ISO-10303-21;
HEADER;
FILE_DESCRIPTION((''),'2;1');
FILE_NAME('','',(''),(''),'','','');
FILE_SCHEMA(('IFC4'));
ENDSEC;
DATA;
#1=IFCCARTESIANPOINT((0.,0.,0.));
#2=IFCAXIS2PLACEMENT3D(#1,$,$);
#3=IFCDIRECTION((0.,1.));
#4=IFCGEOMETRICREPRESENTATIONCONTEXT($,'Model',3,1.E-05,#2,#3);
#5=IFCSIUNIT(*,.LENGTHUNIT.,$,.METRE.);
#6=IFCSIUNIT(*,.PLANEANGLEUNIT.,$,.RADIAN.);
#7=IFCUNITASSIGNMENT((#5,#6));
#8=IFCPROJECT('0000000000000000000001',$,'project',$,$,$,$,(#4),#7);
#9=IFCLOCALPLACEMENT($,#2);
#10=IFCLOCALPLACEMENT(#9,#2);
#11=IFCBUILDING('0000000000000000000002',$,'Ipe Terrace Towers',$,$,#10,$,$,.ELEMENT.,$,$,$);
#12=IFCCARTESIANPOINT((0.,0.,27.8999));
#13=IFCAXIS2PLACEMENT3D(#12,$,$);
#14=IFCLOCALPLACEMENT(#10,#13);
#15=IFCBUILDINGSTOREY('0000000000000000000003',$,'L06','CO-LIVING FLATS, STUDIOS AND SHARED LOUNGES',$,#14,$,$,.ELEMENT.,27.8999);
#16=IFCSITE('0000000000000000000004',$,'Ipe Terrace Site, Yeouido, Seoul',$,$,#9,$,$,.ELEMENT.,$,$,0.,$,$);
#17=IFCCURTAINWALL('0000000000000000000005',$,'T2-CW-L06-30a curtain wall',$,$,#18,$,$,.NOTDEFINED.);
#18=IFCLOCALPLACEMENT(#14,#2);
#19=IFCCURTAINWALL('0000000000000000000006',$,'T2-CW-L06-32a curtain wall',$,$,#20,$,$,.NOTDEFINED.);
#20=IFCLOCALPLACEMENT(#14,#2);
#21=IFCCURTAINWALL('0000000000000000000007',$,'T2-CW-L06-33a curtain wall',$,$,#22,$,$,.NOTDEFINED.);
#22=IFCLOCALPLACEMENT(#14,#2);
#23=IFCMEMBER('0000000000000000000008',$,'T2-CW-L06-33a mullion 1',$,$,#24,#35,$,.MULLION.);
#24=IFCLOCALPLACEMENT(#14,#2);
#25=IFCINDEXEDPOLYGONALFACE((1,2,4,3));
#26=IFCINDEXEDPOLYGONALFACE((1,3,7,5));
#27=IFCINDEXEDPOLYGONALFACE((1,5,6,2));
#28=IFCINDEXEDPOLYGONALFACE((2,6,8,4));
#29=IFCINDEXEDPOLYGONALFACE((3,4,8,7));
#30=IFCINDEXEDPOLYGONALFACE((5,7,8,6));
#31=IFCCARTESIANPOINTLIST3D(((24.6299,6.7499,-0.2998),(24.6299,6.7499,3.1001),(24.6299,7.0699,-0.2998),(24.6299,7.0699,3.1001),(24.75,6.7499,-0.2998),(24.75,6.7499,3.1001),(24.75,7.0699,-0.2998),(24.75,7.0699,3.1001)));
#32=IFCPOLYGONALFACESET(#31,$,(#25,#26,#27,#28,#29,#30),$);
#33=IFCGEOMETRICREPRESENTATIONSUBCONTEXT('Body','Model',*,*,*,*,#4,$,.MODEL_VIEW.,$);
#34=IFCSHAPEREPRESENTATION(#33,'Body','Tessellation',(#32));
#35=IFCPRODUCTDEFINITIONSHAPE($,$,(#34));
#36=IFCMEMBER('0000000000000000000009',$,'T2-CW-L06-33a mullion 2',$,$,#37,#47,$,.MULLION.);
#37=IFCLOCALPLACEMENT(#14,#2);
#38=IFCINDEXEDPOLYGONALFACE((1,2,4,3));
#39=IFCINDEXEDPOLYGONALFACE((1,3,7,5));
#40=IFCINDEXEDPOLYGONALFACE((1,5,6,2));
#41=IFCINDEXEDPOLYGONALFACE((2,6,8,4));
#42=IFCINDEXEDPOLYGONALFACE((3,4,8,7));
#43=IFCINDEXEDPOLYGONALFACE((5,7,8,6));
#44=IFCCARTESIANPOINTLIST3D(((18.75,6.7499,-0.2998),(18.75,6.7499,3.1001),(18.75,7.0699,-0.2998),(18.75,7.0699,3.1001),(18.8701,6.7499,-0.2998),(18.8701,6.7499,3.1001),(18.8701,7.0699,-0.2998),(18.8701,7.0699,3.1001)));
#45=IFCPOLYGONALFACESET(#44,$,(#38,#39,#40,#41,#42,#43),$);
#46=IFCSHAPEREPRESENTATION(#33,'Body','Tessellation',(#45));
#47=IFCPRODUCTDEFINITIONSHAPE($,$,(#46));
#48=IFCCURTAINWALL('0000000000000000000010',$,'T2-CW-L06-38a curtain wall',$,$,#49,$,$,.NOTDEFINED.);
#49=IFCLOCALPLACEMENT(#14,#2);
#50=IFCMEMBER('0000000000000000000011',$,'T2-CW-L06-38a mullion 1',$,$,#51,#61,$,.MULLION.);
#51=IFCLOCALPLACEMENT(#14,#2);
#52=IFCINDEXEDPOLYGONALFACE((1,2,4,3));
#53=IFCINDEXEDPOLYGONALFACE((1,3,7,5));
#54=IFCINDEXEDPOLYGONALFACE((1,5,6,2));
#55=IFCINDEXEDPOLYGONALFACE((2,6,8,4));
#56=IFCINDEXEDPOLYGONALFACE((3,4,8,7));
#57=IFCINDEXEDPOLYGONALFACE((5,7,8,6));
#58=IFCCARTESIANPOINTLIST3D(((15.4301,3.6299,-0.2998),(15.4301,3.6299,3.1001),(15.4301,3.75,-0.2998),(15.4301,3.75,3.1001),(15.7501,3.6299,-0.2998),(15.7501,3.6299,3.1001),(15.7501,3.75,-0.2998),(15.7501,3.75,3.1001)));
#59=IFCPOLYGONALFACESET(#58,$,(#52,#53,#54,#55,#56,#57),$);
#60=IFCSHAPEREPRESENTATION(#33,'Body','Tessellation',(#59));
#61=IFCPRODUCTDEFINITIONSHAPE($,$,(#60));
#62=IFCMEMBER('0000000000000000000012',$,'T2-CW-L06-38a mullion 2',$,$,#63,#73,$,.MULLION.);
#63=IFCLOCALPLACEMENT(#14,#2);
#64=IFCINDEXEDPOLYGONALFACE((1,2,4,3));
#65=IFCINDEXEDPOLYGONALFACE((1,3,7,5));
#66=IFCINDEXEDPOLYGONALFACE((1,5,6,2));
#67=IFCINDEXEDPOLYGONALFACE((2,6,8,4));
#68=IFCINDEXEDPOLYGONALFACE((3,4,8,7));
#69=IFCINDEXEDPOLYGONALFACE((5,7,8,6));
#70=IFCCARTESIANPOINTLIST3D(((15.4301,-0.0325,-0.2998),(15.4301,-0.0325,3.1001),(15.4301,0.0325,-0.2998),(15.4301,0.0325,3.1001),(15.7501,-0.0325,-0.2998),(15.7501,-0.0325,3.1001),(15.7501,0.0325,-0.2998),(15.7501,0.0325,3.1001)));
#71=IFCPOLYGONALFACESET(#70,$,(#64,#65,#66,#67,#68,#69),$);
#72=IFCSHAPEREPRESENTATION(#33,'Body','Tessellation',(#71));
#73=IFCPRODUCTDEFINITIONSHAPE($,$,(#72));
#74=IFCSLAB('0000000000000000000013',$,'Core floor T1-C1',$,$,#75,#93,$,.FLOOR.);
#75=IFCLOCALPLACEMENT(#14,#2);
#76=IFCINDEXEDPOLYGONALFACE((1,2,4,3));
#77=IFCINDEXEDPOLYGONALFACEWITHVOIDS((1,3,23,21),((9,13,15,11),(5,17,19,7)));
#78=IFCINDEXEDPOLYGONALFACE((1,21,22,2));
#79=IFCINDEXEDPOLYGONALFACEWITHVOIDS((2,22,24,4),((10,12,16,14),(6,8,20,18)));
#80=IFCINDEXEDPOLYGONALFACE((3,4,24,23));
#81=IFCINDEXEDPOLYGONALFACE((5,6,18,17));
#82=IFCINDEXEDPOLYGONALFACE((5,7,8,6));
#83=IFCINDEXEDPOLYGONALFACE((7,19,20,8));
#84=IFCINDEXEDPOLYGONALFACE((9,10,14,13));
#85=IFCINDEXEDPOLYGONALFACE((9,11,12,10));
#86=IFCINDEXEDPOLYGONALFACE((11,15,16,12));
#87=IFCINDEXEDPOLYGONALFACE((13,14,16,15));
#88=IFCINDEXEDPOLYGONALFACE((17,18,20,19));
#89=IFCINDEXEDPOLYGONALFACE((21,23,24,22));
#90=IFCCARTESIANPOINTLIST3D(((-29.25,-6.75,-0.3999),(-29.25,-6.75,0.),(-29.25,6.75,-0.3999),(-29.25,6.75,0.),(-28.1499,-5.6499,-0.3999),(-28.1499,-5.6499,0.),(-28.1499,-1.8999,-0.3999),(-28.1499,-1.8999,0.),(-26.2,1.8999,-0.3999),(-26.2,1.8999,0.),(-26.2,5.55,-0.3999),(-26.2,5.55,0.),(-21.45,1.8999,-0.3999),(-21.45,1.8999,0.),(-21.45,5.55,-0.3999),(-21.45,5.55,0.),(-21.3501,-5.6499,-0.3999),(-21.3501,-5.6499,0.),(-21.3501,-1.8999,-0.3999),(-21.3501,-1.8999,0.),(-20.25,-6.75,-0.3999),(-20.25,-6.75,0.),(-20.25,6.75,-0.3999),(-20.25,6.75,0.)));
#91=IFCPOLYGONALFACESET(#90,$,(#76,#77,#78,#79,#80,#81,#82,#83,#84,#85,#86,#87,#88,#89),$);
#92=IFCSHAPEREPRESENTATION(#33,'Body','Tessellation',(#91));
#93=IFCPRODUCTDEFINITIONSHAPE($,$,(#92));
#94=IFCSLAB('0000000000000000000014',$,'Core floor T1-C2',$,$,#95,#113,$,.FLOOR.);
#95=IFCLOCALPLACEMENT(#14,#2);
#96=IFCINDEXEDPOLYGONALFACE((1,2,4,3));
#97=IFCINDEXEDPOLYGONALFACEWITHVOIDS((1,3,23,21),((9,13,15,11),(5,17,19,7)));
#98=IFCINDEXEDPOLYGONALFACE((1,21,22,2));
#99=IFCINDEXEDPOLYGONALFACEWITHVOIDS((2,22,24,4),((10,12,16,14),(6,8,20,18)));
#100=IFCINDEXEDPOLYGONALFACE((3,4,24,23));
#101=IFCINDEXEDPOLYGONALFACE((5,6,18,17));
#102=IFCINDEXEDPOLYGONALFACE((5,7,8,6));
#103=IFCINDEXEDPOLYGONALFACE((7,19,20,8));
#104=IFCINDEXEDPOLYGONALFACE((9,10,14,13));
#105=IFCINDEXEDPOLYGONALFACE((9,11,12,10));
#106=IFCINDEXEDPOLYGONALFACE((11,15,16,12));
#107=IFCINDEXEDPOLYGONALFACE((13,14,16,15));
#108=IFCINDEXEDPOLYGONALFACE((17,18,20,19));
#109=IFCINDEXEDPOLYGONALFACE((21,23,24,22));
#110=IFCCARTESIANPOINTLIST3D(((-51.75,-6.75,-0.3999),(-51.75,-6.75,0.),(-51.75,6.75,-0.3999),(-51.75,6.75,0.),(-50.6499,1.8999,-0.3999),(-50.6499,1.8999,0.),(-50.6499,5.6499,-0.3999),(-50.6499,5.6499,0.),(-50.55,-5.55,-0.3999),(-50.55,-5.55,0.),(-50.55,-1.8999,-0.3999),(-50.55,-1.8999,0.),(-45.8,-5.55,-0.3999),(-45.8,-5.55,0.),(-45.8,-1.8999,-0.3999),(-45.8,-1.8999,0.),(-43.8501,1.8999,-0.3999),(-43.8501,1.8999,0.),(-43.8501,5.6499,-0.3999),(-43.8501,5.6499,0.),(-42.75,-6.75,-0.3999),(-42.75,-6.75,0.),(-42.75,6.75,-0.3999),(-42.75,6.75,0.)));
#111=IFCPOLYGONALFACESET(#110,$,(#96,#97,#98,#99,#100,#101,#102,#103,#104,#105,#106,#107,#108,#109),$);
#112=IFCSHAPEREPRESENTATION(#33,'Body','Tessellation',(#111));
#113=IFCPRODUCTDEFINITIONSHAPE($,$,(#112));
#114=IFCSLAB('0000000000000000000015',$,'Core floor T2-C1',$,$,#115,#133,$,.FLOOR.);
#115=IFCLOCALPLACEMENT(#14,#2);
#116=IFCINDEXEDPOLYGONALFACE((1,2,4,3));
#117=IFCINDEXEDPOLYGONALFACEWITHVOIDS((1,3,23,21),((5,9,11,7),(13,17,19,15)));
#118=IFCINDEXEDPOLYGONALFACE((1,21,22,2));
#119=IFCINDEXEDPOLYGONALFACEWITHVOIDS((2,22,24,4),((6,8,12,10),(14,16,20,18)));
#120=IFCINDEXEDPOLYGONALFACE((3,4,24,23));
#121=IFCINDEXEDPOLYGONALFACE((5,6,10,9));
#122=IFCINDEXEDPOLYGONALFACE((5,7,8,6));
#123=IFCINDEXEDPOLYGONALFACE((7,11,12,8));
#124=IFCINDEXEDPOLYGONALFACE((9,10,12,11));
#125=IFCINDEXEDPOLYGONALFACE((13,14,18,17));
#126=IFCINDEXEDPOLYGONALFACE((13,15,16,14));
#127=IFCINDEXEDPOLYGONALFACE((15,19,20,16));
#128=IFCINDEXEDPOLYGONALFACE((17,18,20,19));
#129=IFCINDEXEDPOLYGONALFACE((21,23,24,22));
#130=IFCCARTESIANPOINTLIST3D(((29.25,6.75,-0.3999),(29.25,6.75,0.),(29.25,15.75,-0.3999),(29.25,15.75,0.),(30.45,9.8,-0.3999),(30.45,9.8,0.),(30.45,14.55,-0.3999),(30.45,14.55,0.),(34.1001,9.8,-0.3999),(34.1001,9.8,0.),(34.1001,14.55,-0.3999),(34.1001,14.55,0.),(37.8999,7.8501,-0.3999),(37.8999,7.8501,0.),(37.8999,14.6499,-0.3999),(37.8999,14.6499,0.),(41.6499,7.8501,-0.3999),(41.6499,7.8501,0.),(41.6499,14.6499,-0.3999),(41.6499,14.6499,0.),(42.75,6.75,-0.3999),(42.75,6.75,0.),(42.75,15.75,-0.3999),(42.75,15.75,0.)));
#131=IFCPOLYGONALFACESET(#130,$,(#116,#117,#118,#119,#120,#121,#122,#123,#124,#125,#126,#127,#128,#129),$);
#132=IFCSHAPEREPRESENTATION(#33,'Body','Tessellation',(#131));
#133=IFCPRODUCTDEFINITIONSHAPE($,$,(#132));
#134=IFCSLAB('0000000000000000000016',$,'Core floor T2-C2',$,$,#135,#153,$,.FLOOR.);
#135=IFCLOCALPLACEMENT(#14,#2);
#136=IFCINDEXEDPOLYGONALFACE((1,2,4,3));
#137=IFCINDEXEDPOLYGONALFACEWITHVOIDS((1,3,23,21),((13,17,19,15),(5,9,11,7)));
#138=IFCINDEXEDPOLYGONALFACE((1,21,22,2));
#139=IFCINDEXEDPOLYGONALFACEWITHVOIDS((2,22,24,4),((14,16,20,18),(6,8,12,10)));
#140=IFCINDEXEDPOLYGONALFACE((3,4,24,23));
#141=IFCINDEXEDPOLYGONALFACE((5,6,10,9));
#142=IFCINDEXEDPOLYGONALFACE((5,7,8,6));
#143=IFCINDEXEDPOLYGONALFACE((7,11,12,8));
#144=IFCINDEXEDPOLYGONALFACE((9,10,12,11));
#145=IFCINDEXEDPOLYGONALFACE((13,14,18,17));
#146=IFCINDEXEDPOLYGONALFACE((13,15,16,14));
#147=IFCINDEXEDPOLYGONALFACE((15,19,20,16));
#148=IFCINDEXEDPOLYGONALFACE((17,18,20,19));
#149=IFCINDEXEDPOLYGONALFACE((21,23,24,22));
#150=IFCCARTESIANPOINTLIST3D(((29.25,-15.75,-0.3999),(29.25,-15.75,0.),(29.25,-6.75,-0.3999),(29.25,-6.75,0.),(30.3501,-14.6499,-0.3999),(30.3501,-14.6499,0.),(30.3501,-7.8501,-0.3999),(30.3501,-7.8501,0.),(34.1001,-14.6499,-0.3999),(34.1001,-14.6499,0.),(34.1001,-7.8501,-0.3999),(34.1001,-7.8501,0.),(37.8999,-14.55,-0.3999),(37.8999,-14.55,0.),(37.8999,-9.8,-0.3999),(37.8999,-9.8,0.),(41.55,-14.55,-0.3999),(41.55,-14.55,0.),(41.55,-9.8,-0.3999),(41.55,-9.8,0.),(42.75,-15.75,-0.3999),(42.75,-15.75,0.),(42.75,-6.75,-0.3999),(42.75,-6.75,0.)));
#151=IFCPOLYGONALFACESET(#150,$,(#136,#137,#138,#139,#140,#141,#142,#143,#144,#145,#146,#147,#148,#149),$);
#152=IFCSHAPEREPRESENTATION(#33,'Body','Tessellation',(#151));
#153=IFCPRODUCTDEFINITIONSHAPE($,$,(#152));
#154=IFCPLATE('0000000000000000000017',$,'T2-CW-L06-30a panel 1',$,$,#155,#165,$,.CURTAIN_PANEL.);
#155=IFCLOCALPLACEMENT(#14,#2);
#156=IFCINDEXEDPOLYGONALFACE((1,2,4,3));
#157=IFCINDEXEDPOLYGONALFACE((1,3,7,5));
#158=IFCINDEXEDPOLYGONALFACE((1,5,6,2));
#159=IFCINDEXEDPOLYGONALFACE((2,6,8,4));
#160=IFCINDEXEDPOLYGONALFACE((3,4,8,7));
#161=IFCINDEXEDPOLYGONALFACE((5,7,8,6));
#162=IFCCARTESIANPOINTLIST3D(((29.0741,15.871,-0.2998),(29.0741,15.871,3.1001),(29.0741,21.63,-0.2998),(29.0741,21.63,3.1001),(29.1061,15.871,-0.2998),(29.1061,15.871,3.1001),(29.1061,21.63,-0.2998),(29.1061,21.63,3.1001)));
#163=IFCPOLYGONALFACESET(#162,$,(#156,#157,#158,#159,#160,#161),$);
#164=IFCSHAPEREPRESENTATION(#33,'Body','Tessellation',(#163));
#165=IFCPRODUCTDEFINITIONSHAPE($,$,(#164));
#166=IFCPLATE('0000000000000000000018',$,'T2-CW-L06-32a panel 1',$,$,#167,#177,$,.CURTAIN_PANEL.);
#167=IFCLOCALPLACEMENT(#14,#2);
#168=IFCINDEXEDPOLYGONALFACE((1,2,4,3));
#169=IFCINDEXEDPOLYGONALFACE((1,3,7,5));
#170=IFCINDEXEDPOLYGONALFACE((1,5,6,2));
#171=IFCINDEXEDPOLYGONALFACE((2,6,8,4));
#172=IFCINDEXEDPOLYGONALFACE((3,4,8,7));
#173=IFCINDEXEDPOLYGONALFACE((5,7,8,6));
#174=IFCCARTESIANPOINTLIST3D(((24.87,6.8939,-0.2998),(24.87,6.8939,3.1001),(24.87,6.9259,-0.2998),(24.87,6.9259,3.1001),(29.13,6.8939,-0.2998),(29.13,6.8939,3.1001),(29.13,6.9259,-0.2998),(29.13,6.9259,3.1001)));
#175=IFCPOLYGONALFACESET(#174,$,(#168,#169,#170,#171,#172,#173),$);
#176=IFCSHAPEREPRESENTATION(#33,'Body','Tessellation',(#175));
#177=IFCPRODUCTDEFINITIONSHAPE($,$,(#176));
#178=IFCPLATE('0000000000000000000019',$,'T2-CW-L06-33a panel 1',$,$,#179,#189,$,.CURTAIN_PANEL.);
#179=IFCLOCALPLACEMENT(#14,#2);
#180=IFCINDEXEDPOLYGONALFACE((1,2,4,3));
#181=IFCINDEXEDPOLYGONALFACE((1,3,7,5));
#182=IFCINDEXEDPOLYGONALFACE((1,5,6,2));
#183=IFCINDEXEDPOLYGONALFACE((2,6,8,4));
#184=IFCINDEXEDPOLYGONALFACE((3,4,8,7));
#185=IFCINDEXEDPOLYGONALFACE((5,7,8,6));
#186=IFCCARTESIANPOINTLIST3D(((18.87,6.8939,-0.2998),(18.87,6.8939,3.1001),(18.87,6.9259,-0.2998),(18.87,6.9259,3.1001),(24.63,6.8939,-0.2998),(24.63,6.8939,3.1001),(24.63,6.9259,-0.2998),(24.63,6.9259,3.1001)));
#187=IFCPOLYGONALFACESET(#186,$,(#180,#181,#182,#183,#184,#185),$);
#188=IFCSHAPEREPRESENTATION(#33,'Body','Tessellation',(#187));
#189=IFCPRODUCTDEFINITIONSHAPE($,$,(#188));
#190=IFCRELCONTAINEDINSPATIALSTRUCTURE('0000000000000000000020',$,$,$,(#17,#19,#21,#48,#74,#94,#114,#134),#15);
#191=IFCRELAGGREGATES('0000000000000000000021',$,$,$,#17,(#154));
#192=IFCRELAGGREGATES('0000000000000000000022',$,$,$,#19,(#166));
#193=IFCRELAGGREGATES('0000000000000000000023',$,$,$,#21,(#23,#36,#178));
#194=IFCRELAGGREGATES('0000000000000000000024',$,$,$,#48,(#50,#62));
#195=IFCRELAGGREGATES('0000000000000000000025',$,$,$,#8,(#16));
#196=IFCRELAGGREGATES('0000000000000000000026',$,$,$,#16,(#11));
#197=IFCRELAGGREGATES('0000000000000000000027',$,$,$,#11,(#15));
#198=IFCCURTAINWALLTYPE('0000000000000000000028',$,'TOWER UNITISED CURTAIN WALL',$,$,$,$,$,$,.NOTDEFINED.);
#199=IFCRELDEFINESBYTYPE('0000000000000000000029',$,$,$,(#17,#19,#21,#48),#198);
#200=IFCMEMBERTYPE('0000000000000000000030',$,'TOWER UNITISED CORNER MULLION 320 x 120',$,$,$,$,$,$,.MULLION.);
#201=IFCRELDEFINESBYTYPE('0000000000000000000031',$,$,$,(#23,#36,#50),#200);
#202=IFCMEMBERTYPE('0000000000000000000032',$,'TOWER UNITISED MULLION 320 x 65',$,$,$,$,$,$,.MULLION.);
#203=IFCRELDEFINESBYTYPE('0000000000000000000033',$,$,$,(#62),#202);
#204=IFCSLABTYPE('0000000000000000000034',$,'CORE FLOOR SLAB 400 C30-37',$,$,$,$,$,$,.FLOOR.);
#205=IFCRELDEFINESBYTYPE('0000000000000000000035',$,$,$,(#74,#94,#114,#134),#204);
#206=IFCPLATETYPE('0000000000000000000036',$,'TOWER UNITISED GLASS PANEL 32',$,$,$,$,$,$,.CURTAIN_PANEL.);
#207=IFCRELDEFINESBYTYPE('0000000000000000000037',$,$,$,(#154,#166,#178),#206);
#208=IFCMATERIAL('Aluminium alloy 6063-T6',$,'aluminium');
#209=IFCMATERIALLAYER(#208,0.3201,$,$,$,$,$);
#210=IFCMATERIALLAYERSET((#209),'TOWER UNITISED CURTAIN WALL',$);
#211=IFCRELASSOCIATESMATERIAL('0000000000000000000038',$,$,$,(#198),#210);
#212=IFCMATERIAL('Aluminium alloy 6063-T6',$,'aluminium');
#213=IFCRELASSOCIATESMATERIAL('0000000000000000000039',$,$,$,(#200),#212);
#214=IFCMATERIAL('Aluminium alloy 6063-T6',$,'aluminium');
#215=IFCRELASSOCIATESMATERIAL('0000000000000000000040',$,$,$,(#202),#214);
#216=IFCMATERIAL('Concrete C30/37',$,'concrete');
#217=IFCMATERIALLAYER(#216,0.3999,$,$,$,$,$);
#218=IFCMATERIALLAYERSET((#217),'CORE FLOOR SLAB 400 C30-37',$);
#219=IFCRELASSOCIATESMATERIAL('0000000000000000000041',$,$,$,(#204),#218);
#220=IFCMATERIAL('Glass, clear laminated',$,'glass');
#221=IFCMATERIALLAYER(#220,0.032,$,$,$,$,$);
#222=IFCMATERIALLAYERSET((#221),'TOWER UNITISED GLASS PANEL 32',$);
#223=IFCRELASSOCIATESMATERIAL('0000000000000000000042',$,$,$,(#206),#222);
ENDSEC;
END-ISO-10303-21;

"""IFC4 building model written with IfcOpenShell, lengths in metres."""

from ifc_helpers import new_model, si_unit, direction, frame, origin, origin_2d, place, context, subcontext, project, spatial, polyline, rectangle, outline, extrude, material, layer, layer_set, material_profile, profile_set, type_object, element, aggregate, save


model = new_model("IFC4")

# Units and contexts
model_context = context("Model", 3, precision=1e-05, world=origin(), true_north=direction((0.0, 1.0)))
body_context = subcontext(model_context, "Body", "Model", "MODEL_VIEW")
ifc_project = project(units=[si_unit("LENGTHUNIT", "METRE"), si_unit("PLANEANGLEUNIT", "RADIAN")], contexts=[model_context])

# Site, building, storey
site_placement = place(None, origin())
site = spatial("IfcSite", under=ifc_project, at=site_placement, Name="Ipe Terrace Site, Yeouido, Seoul", CompositionType="ELEMENT", RefElevation=0.0)
building_placement = place(site_placement, origin())
building = spatial("IfcBuilding", under=site, at=building_placement, Name="Ipe Terrace Towers", CompositionType="ELEMENT")
storey_placement = place(building_placement, frame((0.0, 0.0, 27.8999)))
storey = spatial("IfcBuildingStorey", under=building, at=storey_placement, Name="L06", Description="CO-LIVING FLATS, STUDIOS AND SHARED LOUNGES", CompositionType="ELEMENT", Elevation=27.8999)

# Curtain walls, members
ifc_material_1 = material(Name="Aluminium alloy 6063-T6", Category="aluminium")
ifc_layer_1 = layer(ifc_material_1, 0.3201)
ifc_layer_set_1 = layer_set([ifc_layer_1], Name="TOWER UNITISED CURTAIN WALL")
curtain_wall_type = type_object("IfcCurtainWallType", Name="TOWER UNITISED CURTAIN WALL", PredefinedType="NOTDEFINED", material=ifc_layer_set_1)
curtain_wall_1_placement = place(storey_placement, origin())
curtain_wall_1 = element("IfcCurtainWall", 1, at=curtain_wall_1_placement, inside=storey, type_object=curtain_wall_type, Name="T2-CW-L06-30a curtain wall", PredefinedType="NOTDEFINED")
ifc_material_2 = material(Name="Aluminium alloy 6063-T6", Category="aluminium")
ifc_material_profile_1 = material_profile(ifc_material_2, rectangle(XDim=0.3201, YDim=0.1201, at=origin_2d()), Name="TOWER UNITISED CORNER MULLION 320 x 120")
ifc_profile_set_1 = profile_set([ifc_material_profile_1], Name="Aluminium alloy 6063-T6")
member_type_1 = type_object("IfcMemberType", Name="TOWER UNITISED CORNER MULLION 320 x 120", PredefinedType="MULLION", material=ifc_profile_set_1)
curtain_wall_2_placement = place(storey_placement, origin())
curtain_wall_2 = element("IfcCurtainWall", 2, at=curtain_wall_2_placement, inside=storey, type_object=curtain_wall_type, Name="T2-CW-L06-32a curtain wall", PredefinedType="NOTDEFINED")
curtain_wall_3_placement = place(storey_placement, origin())
curtain_wall_3 = element("IfcCurtainWall", 3, at=curtain_wall_3_placement, inside=storey, type_object=curtain_wall_type, Name="T2-CW-L06-33a curtain wall", PredefinedType="NOTDEFINED")
member_1_placement = place(storey_placement, frame((24.6899, 6.9099, -0.2998), z_axis=(0.0, 0.0, 1.0), x_axis=(0.0, 1.0, 0.0)))
member_1 = element("IfcMember", 4, at=member_1_placement, type_object=member_type_1, Name="T2-CW-L06-33a mullion 1", PredefinedType="MULLION", context=body_context, shape_type="SweptSolid", body=[
    extrude(rectangle(XDim=0.3201, YDim=0.1201, at=origin_2d()), origin(), (0.0, 0.0, 1.0), 3.3999),
])
member_2_placement = place(storey_placement, frame((18.8101, 6.9099, -0.2998), z_axis=(0.0, 0.0, 1.0), x_axis=(0.0, 1.0, 0.0)))
member_2 = element("IfcMember", 5, at=member_2_placement, type_object=member_type_1, Name="T2-CW-L06-33a mullion 2", PredefinedType="MULLION", context=body_context, shape_type="SweptSolid", body=[
    extrude(rectangle(XDim=0.3201, YDim=0.1201, at=origin_2d()), origin(), (0.0, 0.0, 1.0), 3.3999),
])
curtain_wall_4_placement = place(storey_placement, origin())
curtain_wall_4 = element("IfcCurtainWall", 6, at=curtain_wall_4_placement, inside=storey, type_object=curtain_wall_type, Name="T2-CW-L06-38a curtain wall", PredefinedType="NOTDEFINED")
member_3_placement = place(storey_placement, frame((15.5901, 3.6899, -0.2998), z_axis=(0.0, 0.0, 1.0), x_axis=(-1.0, 0.0, 0.0)))
member_3 = element("IfcMember", 7, at=member_3_placement, type_object=member_type_1, Name="T2-CW-L06-38a mullion 1", PredefinedType="MULLION", context=body_context, shape_type="SweptSolid", body=[
    extrude(rectangle(XDim=0.3201, YDim=0.1201, at=origin_2d()), origin(), (0.0, 0.0, 1.0), 3.3999),
])
ifc_material_3 = material(Name="Aluminium alloy 6063-T6", Category="aluminium")
ifc_material_profile_2 = material_profile(ifc_material_3, rectangle(XDim=0.3201, YDim=0.0649, at=origin_2d()), Name="TOWER UNITISED MULLION 320 x 65")
ifc_profile_set_2 = profile_set([ifc_material_profile_2], Name="Aluminium alloy 6063-T6")
member_type_2 = type_object("IfcMemberType", Name="TOWER UNITISED MULLION 320 x 65", PredefinedType="MULLION", material=ifc_profile_set_2)
member_4_placement = place(storey_placement, frame((15.5901, 0.0, -0.2998), z_axis=(0.0, 0.0, 1.0), x_axis=(-1.0, 0.0, 0.0)))
member_4 = element("IfcMember", 8, at=member_4_placement, type_object=member_type_2, Name="T2-CW-L06-38a mullion 2", PredefinedType="MULLION", context=body_context, shape_type="SweptSolid", body=[
    extrude(rectangle(XDim=0.3201, YDim=0.0649, at=origin_2d()), origin(), (0.0, 0.0, 1.0), 3.3999),
])

# Slabs
ifc_material_4 = material(Name="Concrete C30/37", Category="concrete")
ifc_layer_2 = layer(ifc_material_4, 0.3999)
ifc_layer_set_2 = layer_set([ifc_layer_2], Name="CORE FLOOR SLAB 400 C30-37")
slab_type = type_object("IfcSlabType", Name="CORE FLOOR SLAB 400 C30-37", PredefinedType="FLOOR", material=ifc_layer_set_2)
slab_1_placement = place(storey_placement, frame((0.0, 0.0, -0.3999)))
element("IfcSlab", 9, at=slab_1_placement, inside=storey, type_object=slab_type, Name="Core floor T1-C1", PredefinedType="FLOOR", context=body_context, shape_type="SweptSolid", body=[
    extrude(outline(polyline([(-29.25, -6.75), (-29.25, 6.75), (-20.25, 6.75), (-20.25, -6.75), (-29.25, -6.75)]), holes=[polyline([(-28.1499, -5.6499), (-21.3501, -5.6499), (-21.3501, -1.8999), (-28.1499, -1.8999), (-28.1499, -5.6499)]), polyline([(-26.2, 5.55), (-26.2, 1.8999), (-21.45, 1.8999), (-21.45, 5.55), (-26.2, 5.55)])]), origin(), (0.0, 0.0, 1.0), 0.3999),
])
slab_2_placement = place(storey_placement, frame((0.0, 0.0, -0.3999)))
element("IfcSlab", 10, at=slab_2_placement, inside=storey, type_object=slab_type, Name="Core floor T1-C2", PredefinedType="FLOOR", context=body_context, shape_type="SweptSolid", body=[
    extrude(outline(polyline([(-51.75, -6.75), (-51.75, 6.75), (-42.75, 6.75), (-42.75, -6.75), (-51.75, -6.75)]), holes=[polyline([(-45.8, -5.55), (-45.8, -1.8999), (-50.55, -1.8999), (-50.55, -5.55), (-45.8, -5.55)]), polyline([(-50.6499, 1.8999), (-43.8501, 1.8999), (-43.8501, 5.6499), (-50.6499, 5.6499), (-50.6499, 1.8999)])]), origin(), (0.0, 0.0, 1.0), 0.3999),
])
slab_3_placement = place(storey_placement, frame((0.0, 0.0, -0.3999)))
element("IfcSlab", 11, at=slab_3_placement, inside=storey, type_object=slab_type, Name="Core floor T2-C1", PredefinedType="FLOOR", context=body_context, shape_type="SweptSolid", body=[
    extrude(outline(polyline([(29.25, 6.75), (29.25, 15.75), (42.75, 15.75), (42.75, 6.75), (29.25, 6.75)]), holes=[polyline([(41.6499, 7.8501), (41.6499, 14.6499), (37.8999, 14.6499), (37.8999, 7.8501), (41.6499, 7.8501)]), polyline([(30.45, 9.8), (34.1001, 9.8), (34.1001, 14.55), (30.45, 14.55), (30.45, 9.8)])]), origin(), (0.0, 0.0, 1.0), 0.3999),
])
slab_4_placement = place(storey_placement, frame((0.0, 0.0, -0.3999)))
element("IfcSlab", 12, at=slab_4_placement, inside=storey, type_object=slab_type, Name="Core floor T2-C2", PredefinedType="FLOOR", context=body_context, shape_type="SweptSolid", body=[
    extrude(outline(polyline([(29.25, -15.75), (29.25, -6.75), (42.75, -6.75), (42.75, -15.75), (29.25, -15.75)]), holes=[polyline([(34.1001, -14.6499), (34.1001, -7.8501), (30.3501, -7.8501), (30.3501, -14.6499), (34.1001, -14.6499)]), polyline([(41.55, -9.8), (37.8999, -9.8), (37.8999, -14.55), (41.55, -14.55), (41.55, -9.8)])]), origin(), (0.0, 0.0, 1.0), 0.3999),
])

# Plates
ifc_material_5 = material(Name="Glass, clear laminated", Category="glass")
ifc_layer_3 = layer(ifc_material_5, 0.032)
ifc_layer_set_3 = layer_set([ifc_layer_3], Name="TOWER UNITISED GLASS PANEL 32")
plate_type = type_object("IfcPlateType", Name="TOWER UNITISED GLASS PANEL 32", PredefinedType="CURTAIN_PANEL", material=ifc_layer_set_3)
plate_1_placement = place(storey_placement, frame((29.0901, 18.7505, -0.2998), z_axis=(0.0, 0.0, 1.0), x_axis=(0.0, -1.0, 0.0)))
plate_1 = element("IfcPlate", 13, at=plate_1_placement, type_object=plate_type, Name="T2-CW-L06-30a panel 1", PredefinedType="CURTAIN_PANEL", context=body_context, shape_type="SweptSolid", body=[
    extrude(rectangle(XDim=5.759, YDim=0.032, at=origin_2d()), origin(), (0.0, 0.0, 1.0), 3.3999),
])
aggregate(curtain_wall_1, [plate_1])
plate_2_placement = place(storey_placement, frame((27.0, 6.9099, -0.2998), z_axis=(0.0, 0.0, 1.0), x_axis=(-1.0, 0.0, 0.0)))
plate_2 = element("IfcPlate", 14, at=plate_2_placement, type_object=plate_type, Name="T2-CW-L06-32a panel 1", PredefinedType="CURTAIN_PANEL", context=body_context, shape_type="SweptSolid", body=[
    extrude(rectangle(XDim=4.26, YDim=0.032, at=origin_2d()), origin(), (0.0, 0.0, 1.0), 3.3999),
])
aggregate(curtain_wall_2, [plate_2])
plate_3_placement = place(storey_placement, frame((21.75, 6.9099, -0.2998), z_axis=(0.0, 0.0, 1.0), x_axis=(-1.0, 0.0, 0.0)))
plate_3 = element("IfcPlate", 15, at=plate_3_placement, type_object=plate_type, Name="T2-CW-L06-33a panel 1", PredefinedType="CURTAIN_PANEL", context=body_context, shape_type="SweptSolid", body=[
    extrude(rectangle(XDim=5.76, YDim=0.032, at=origin_2d()), origin(), (0.0, 0.0, 1.0), 3.3999),
])
aggregate(curtain_wall_3, [member_1, member_2, plate_3])
aggregate(curtain_wall_4, [member_3, member_4])

save(model, "model.ifc")
